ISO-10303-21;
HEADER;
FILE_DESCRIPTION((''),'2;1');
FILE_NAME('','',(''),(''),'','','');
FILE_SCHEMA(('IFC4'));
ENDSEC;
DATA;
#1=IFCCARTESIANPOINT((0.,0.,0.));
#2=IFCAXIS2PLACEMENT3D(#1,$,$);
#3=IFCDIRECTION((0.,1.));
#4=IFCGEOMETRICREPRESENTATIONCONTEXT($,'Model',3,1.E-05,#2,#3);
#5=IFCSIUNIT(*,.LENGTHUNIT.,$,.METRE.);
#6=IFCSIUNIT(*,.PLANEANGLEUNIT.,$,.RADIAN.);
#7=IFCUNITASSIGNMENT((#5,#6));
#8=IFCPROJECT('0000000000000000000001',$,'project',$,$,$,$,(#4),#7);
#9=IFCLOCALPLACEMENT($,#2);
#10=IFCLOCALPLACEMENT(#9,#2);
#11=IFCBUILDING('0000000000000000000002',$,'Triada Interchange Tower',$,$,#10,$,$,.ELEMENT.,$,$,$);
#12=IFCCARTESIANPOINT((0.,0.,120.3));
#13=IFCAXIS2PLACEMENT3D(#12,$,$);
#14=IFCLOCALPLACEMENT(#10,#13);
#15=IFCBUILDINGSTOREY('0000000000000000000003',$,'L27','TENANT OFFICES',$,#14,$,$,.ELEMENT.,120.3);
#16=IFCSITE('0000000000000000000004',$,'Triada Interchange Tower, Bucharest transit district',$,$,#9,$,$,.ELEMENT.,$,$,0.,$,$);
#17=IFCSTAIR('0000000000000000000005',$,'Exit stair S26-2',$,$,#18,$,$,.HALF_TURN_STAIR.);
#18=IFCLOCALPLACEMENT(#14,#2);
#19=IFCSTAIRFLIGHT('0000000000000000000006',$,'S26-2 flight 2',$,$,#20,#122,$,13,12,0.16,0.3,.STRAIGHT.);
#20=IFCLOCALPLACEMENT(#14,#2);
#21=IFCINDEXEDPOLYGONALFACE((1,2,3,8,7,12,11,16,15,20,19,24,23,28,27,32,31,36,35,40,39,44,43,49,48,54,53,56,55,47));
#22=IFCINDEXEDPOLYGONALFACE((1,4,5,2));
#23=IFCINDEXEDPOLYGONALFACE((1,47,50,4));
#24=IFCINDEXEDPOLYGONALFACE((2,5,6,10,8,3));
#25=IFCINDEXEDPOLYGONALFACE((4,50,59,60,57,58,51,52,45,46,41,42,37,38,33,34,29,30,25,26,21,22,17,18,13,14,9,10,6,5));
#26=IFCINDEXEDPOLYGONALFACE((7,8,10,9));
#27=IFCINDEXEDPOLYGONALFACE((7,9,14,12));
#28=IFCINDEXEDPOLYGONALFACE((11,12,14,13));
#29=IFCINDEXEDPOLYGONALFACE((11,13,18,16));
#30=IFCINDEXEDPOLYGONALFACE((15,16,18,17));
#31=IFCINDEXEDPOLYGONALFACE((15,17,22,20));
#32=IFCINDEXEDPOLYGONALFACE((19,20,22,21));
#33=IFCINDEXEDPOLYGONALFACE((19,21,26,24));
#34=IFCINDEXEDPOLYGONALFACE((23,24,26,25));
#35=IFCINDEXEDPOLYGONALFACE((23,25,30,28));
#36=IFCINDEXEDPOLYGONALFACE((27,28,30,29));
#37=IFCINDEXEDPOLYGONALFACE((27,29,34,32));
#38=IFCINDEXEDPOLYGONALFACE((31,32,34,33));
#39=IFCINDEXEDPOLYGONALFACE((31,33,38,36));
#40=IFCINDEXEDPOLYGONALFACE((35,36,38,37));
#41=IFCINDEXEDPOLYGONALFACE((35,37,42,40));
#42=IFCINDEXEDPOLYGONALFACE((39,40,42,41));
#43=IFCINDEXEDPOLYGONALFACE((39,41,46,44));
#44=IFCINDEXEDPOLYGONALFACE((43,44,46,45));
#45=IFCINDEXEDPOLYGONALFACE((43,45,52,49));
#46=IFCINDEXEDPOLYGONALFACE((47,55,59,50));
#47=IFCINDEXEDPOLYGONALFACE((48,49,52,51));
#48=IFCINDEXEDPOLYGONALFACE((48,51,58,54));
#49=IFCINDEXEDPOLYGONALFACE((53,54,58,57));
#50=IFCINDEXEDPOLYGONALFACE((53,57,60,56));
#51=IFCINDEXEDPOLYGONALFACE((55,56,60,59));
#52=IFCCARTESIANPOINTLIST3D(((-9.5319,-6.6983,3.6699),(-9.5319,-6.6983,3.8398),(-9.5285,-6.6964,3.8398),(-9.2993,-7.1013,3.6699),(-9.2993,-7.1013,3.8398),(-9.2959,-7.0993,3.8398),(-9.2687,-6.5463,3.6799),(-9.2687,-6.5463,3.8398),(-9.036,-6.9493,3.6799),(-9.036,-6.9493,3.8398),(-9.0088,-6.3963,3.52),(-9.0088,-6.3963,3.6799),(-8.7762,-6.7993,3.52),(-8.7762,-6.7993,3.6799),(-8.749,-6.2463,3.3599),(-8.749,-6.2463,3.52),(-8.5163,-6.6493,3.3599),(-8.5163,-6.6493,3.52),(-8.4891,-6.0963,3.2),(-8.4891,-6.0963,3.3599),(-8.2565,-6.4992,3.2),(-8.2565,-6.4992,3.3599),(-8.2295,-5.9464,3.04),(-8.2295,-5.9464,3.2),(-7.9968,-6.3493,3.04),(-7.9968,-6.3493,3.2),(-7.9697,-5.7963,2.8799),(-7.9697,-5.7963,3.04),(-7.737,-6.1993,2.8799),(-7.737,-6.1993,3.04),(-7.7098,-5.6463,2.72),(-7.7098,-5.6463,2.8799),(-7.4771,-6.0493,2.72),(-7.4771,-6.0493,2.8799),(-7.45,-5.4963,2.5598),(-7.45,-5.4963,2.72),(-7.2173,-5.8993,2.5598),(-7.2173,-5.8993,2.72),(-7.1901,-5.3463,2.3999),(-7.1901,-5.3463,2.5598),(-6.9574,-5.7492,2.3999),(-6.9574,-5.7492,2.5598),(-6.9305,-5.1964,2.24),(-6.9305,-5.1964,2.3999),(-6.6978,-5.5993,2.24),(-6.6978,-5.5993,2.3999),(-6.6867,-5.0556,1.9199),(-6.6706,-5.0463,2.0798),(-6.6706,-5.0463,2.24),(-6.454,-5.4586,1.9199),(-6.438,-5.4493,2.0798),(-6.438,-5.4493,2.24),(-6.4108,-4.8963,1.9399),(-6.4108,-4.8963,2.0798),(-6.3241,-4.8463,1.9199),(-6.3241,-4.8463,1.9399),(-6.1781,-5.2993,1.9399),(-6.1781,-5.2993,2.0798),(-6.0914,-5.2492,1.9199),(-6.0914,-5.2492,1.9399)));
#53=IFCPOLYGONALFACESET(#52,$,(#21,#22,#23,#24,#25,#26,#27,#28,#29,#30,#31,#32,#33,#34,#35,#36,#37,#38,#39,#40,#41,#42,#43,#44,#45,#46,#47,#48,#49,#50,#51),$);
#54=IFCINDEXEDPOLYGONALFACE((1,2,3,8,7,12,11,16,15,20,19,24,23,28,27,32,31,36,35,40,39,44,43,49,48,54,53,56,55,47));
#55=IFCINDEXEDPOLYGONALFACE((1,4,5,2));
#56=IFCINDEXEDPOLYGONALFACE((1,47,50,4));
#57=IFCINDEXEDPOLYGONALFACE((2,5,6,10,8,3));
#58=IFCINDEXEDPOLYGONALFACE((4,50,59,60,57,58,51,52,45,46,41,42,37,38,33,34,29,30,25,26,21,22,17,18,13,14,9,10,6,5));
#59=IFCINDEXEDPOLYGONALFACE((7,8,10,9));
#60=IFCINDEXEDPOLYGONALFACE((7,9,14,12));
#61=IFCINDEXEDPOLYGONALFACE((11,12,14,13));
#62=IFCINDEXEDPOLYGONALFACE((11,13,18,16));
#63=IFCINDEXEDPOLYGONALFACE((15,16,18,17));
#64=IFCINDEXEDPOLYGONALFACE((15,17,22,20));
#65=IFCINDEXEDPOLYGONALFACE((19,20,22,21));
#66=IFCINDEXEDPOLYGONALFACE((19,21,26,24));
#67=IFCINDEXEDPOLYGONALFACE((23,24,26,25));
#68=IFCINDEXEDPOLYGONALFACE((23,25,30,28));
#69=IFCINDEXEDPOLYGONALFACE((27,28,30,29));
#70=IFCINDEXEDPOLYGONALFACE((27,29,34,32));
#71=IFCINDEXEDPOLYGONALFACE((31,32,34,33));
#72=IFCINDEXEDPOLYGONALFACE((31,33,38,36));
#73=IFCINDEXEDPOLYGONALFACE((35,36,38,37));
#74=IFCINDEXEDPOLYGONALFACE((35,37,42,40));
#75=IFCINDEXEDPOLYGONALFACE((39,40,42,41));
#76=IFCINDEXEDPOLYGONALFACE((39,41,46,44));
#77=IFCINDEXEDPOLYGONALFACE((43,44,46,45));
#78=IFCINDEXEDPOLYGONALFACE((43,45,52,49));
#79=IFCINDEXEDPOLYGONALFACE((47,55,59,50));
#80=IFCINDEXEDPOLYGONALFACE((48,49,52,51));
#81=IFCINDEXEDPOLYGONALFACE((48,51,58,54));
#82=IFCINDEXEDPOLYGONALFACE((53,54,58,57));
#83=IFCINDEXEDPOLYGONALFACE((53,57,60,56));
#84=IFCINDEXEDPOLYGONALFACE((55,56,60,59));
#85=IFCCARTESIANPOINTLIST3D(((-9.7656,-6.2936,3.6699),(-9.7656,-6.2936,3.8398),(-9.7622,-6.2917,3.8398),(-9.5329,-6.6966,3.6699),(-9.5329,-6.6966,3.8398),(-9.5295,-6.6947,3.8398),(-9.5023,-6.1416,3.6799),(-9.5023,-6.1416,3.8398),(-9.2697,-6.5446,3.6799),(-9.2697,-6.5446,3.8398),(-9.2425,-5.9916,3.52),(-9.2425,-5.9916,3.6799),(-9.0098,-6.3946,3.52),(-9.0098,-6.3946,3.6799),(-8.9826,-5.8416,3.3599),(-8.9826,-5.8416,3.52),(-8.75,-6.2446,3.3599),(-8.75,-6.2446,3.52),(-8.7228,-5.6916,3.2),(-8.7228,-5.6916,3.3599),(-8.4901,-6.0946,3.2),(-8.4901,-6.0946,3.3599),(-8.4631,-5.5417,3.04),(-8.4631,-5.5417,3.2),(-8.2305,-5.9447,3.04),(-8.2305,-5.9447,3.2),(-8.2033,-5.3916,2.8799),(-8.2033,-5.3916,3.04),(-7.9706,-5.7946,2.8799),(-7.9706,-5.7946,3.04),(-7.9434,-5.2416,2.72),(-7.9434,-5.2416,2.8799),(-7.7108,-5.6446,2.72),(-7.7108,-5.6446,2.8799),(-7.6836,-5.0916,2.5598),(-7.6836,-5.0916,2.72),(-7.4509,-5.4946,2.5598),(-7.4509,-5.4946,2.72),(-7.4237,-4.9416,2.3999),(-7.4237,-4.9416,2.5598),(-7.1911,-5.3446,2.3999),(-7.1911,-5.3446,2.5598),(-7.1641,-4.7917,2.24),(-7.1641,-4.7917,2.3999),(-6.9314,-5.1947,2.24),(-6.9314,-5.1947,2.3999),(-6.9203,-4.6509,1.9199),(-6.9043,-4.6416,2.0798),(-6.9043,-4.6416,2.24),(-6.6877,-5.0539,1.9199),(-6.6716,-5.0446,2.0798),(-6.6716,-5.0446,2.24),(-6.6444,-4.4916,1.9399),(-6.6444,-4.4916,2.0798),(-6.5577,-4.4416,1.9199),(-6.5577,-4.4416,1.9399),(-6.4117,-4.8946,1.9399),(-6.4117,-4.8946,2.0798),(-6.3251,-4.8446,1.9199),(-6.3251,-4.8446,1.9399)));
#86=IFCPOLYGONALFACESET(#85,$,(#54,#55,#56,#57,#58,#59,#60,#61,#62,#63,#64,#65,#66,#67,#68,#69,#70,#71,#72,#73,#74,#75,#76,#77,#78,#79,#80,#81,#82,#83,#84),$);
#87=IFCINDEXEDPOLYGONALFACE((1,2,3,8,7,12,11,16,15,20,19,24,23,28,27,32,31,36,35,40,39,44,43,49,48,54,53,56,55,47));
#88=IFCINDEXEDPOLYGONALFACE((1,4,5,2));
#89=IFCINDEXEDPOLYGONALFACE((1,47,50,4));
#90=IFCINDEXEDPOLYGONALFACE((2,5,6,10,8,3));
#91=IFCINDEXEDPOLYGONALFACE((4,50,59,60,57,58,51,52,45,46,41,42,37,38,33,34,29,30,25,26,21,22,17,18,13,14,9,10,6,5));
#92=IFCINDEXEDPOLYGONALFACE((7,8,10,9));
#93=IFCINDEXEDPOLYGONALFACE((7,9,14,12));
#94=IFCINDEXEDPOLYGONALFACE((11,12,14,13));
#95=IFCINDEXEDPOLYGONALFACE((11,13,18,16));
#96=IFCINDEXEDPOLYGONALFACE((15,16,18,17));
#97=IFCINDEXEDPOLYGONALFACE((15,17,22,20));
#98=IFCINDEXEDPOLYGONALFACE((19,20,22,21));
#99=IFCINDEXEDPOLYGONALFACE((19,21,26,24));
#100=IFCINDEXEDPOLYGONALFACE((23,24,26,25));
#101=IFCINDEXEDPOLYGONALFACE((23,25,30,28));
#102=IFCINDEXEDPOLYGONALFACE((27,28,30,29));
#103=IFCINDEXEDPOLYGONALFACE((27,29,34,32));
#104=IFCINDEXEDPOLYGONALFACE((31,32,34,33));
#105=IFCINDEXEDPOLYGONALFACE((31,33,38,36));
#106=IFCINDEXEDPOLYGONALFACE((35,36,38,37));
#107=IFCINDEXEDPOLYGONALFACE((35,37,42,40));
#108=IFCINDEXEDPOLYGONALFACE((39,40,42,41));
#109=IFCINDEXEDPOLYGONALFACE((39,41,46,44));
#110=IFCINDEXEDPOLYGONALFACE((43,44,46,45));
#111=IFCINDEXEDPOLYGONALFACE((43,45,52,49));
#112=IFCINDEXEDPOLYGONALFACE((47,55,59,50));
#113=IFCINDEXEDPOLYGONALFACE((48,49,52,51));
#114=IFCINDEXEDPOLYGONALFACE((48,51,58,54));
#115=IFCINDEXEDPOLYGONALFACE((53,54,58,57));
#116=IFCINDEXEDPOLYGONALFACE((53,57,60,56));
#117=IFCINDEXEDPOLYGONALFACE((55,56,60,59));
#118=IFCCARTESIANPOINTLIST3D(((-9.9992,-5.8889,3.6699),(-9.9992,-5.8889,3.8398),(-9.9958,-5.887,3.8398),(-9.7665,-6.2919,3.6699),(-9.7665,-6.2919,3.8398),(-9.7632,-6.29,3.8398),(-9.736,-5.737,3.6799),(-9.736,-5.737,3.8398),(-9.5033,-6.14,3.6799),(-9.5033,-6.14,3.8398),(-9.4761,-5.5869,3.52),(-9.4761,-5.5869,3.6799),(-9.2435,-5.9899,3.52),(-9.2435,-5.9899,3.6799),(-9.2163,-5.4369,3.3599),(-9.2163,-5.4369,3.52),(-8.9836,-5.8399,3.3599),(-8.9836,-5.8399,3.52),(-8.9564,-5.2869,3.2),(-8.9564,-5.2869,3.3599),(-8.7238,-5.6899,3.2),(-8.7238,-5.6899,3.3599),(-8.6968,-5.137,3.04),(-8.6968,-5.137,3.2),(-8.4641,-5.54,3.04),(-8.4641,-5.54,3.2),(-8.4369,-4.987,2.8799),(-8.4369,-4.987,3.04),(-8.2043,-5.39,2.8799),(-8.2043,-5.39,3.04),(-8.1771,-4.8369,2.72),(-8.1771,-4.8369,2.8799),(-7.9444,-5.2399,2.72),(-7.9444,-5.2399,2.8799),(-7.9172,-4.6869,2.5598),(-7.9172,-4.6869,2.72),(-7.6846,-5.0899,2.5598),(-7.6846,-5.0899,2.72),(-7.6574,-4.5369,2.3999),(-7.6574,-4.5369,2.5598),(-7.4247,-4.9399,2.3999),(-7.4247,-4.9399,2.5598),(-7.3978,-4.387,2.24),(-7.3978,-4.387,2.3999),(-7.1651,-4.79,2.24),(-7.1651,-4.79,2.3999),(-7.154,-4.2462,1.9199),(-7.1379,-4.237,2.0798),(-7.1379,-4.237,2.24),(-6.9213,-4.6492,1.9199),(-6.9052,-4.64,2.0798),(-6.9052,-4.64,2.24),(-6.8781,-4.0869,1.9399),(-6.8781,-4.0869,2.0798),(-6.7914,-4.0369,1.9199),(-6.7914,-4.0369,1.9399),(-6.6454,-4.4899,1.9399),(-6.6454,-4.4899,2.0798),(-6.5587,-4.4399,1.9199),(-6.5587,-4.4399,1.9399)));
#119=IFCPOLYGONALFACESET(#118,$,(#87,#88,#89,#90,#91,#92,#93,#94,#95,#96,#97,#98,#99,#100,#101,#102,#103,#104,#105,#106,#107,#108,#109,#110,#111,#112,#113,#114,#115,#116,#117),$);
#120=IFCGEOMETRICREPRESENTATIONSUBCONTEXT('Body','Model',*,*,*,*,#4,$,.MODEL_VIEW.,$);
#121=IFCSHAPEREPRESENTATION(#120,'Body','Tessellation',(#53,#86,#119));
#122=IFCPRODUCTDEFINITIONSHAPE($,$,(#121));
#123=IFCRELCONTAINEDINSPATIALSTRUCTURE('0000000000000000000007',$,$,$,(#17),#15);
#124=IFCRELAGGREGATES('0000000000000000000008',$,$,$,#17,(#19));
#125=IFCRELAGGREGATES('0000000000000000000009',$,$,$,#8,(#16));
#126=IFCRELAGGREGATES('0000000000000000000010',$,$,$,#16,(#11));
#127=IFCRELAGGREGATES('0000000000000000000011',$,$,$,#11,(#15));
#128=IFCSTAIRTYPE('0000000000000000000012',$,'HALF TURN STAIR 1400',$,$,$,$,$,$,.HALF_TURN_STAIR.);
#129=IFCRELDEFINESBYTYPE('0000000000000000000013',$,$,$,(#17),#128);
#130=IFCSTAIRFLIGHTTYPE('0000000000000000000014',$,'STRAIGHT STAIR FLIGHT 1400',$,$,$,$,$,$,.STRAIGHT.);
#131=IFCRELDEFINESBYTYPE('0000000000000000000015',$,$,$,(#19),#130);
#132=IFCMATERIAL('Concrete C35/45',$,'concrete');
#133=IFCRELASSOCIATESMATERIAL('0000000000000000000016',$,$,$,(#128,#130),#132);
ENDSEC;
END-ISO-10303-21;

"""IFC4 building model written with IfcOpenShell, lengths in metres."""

from ifc_helpers import new_model, si_unit, direction, frame, origin, place, context, subcontext, project, spatial, polyline, outline, extrude, material, type_object, element, aggregate, save


model = new_model("IFC4")

# Units and contexts
model_context = context("Model", 3, precision=1e-05, world=origin(), true_north=direction((0.0, 1.0)))
body_context = subcontext(model_context, "Body", "Model", "MODEL_VIEW")
ifc_project = project(units=[si_unit("LENGTHUNIT", "METRE"), si_unit("PLANEANGLEUNIT", "RADIAN")], contexts=[model_context])

# Site, building, storey
site_placement = place(None, origin())
site = spatial("IfcSite", under=ifc_project, at=site_placement, Name="Triada Interchange Tower, Bucharest transit district", CompositionType="ELEMENT", RefElevation=0.0)
building_placement = place(site_placement, origin())
building = spatial("IfcBuilding", under=site, at=building_placement, Name="Triada Interchange Tower", CompositionType="ELEMENT")
storey_placement = place(building_placement, frame((0.0, 0.0, 120.3)))
storey = spatial("IfcBuildingStorey", under=building, at=storey_placement, Name="L27", Description="TENANT OFFICES", CompositionType="ELEMENT", Elevation=120.3)

# Stair, stair flight
ifc_material_1 = material(Name="Concrete C35/45", Category="concrete")
stair_type = type_object("IfcStairType", Name="HALF TURN STAIR 1400", PredefinedType="HALF_TURN_STAIR", material=ifc_material_1)
stair_placement = place(storey_placement, origin())
stair = element("IfcStair", 1, at=stair_placement, inside=storey, type_object=stair_type, Name="Exit stair S26-2", PredefinedType="HALF_TURN_STAIR")
stair_flight_type = type_object("IfcStairFlightType", Name="STRAIGHT STAIR FLIGHT 1400", PredefinedType="STRAIGHT", material=ifc_material_1)
stair_flight_1_placement = place(storey_placement, frame((-6.5281, -4.6931, 1.9199), z_axis=(0.0, 0.0, 1.0), x_axis=(-0.866025, -0.5, 0.0)))
stair_flight_1 = element("IfcStairFlight", 2, at=stair_flight_1_placement, type_object=stair_flight_type, Name="S26-2 flight 2", NumberOfRisers=13, NumberOfTreads=12, PredefinedType="STRAIGHT", RiserHeight=0.16, TreadLength=0.3, context=body_context, shape_type="SweptSolid", body=[
    extrude(outline(polyline([(-0.1001, 0.0), (-0.1001, 0.02), (0.0, 0.02), (0.0, 0.1599), (0.3, 0.1599), (0.3, 0.3201), (0.6001, 0.3201), (0.6001, 0.48), (0.8999, 0.48), (0.8999, 0.6399), (1.2, 0.6399), (1.2, 0.8), (1.5, 0.8), (1.5, 0.96), (1.8, 0.96), (1.8, 1.1201), (2.1001, 1.1201), (2.1001, 1.28), (2.3999, 1.28), (2.3999, 1.4399), (2.7, 1.4399), (2.7, 1.6001), (3.0, 1.6001), (3.0, 1.76), (3.3, 1.76), (3.3, 1.9199), (3.6001, 1.9199), (3.604, 1.9199), (3.604, 2.0801), (3.604, 1.75), (0.3186, 0.0), (-0.1001, 0.0)])), frame((0.0, 0.7, 0.0), z_axis=(0.0, -1.0, 0.0), x_axis=(1.0, 0.0, 0.0)), (0.0, 0.0, 1.0), 0.4653),
    extrude(outline(polyline([(-0.1001, 0.0), (-0.1001, 0.02), (0.0, 0.02), (0.0, 0.1599), (0.3, 0.1599), (0.3, 0.3201), (0.6001, 0.3201), (0.6001, 0.48), (0.8999, 0.48), (0.8999, 0.6399), (1.2, 0.6399), (1.2, 0.8), (1.5, 0.8), (1.5, 0.96), (1.8, 0.96), (1.8, 1.1201), (2.1001, 1.1201), (2.1001, 1.28), (2.3999, 1.28), (2.3999, 1.4399), (2.7, 1.4399), (2.7, 1.6001), (3.0, 1.6001), (3.0, 1.76), (3.3, 1.76), (3.3, 1.9199), (3.6001, 1.9199), (3.604, 1.9199), (3.604, 2.0801), (3.604, 1.75), (0.3186, 0.0), (-0.1001, 0.0)])), frame((0.0, 0.2327, 0.0), z_axis=(0.0, -1.0, 0.0), x_axis=(1.0, 0.0, 0.0)), (0.0, 0.0, 1.0), 0.4653),
    extrude(outline(polyline([(-0.1001, 0.0), (-0.1001, 0.02), (0.0, 0.02), (0.0, 0.1599), (0.3, 0.1599), (0.3, 0.3201), (0.6001, 0.3201), (0.6001, 0.48), (0.8999, 0.48), (0.8999, 0.6399), (1.2, 0.6399), (1.2, 0.8), (1.5, 0.8), (1.5, 0.96), (1.8, 0.96), (1.8, 1.1201), (2.1001, 1.1201), (2.1001, 1.28), (2.3999, 1.28), (2.3999, 1.4399), (2.7, 1.4399), (2.7, 1.6001), (3.0, 1.6001), (3.0, 1.76), (3.3, 1.76), (3.3, 1.9199), (3.6001, 1.9199), (3.604, 1.9199), (3.604, 2.0801), (3.604, 1.75), (0.3186, 0.0), (-0.1001, 0.0)])), frame((0.0, -0.2346, 0.0), z_axis=(0.0, -1.0, 0.0), x_axis=(1.0, 0.0, 0.0)), (0.0, 0.0, 1.0), 0.4653),
])
aggregate(stair, [stair_flight_1])

save(model, "model.ifc")
